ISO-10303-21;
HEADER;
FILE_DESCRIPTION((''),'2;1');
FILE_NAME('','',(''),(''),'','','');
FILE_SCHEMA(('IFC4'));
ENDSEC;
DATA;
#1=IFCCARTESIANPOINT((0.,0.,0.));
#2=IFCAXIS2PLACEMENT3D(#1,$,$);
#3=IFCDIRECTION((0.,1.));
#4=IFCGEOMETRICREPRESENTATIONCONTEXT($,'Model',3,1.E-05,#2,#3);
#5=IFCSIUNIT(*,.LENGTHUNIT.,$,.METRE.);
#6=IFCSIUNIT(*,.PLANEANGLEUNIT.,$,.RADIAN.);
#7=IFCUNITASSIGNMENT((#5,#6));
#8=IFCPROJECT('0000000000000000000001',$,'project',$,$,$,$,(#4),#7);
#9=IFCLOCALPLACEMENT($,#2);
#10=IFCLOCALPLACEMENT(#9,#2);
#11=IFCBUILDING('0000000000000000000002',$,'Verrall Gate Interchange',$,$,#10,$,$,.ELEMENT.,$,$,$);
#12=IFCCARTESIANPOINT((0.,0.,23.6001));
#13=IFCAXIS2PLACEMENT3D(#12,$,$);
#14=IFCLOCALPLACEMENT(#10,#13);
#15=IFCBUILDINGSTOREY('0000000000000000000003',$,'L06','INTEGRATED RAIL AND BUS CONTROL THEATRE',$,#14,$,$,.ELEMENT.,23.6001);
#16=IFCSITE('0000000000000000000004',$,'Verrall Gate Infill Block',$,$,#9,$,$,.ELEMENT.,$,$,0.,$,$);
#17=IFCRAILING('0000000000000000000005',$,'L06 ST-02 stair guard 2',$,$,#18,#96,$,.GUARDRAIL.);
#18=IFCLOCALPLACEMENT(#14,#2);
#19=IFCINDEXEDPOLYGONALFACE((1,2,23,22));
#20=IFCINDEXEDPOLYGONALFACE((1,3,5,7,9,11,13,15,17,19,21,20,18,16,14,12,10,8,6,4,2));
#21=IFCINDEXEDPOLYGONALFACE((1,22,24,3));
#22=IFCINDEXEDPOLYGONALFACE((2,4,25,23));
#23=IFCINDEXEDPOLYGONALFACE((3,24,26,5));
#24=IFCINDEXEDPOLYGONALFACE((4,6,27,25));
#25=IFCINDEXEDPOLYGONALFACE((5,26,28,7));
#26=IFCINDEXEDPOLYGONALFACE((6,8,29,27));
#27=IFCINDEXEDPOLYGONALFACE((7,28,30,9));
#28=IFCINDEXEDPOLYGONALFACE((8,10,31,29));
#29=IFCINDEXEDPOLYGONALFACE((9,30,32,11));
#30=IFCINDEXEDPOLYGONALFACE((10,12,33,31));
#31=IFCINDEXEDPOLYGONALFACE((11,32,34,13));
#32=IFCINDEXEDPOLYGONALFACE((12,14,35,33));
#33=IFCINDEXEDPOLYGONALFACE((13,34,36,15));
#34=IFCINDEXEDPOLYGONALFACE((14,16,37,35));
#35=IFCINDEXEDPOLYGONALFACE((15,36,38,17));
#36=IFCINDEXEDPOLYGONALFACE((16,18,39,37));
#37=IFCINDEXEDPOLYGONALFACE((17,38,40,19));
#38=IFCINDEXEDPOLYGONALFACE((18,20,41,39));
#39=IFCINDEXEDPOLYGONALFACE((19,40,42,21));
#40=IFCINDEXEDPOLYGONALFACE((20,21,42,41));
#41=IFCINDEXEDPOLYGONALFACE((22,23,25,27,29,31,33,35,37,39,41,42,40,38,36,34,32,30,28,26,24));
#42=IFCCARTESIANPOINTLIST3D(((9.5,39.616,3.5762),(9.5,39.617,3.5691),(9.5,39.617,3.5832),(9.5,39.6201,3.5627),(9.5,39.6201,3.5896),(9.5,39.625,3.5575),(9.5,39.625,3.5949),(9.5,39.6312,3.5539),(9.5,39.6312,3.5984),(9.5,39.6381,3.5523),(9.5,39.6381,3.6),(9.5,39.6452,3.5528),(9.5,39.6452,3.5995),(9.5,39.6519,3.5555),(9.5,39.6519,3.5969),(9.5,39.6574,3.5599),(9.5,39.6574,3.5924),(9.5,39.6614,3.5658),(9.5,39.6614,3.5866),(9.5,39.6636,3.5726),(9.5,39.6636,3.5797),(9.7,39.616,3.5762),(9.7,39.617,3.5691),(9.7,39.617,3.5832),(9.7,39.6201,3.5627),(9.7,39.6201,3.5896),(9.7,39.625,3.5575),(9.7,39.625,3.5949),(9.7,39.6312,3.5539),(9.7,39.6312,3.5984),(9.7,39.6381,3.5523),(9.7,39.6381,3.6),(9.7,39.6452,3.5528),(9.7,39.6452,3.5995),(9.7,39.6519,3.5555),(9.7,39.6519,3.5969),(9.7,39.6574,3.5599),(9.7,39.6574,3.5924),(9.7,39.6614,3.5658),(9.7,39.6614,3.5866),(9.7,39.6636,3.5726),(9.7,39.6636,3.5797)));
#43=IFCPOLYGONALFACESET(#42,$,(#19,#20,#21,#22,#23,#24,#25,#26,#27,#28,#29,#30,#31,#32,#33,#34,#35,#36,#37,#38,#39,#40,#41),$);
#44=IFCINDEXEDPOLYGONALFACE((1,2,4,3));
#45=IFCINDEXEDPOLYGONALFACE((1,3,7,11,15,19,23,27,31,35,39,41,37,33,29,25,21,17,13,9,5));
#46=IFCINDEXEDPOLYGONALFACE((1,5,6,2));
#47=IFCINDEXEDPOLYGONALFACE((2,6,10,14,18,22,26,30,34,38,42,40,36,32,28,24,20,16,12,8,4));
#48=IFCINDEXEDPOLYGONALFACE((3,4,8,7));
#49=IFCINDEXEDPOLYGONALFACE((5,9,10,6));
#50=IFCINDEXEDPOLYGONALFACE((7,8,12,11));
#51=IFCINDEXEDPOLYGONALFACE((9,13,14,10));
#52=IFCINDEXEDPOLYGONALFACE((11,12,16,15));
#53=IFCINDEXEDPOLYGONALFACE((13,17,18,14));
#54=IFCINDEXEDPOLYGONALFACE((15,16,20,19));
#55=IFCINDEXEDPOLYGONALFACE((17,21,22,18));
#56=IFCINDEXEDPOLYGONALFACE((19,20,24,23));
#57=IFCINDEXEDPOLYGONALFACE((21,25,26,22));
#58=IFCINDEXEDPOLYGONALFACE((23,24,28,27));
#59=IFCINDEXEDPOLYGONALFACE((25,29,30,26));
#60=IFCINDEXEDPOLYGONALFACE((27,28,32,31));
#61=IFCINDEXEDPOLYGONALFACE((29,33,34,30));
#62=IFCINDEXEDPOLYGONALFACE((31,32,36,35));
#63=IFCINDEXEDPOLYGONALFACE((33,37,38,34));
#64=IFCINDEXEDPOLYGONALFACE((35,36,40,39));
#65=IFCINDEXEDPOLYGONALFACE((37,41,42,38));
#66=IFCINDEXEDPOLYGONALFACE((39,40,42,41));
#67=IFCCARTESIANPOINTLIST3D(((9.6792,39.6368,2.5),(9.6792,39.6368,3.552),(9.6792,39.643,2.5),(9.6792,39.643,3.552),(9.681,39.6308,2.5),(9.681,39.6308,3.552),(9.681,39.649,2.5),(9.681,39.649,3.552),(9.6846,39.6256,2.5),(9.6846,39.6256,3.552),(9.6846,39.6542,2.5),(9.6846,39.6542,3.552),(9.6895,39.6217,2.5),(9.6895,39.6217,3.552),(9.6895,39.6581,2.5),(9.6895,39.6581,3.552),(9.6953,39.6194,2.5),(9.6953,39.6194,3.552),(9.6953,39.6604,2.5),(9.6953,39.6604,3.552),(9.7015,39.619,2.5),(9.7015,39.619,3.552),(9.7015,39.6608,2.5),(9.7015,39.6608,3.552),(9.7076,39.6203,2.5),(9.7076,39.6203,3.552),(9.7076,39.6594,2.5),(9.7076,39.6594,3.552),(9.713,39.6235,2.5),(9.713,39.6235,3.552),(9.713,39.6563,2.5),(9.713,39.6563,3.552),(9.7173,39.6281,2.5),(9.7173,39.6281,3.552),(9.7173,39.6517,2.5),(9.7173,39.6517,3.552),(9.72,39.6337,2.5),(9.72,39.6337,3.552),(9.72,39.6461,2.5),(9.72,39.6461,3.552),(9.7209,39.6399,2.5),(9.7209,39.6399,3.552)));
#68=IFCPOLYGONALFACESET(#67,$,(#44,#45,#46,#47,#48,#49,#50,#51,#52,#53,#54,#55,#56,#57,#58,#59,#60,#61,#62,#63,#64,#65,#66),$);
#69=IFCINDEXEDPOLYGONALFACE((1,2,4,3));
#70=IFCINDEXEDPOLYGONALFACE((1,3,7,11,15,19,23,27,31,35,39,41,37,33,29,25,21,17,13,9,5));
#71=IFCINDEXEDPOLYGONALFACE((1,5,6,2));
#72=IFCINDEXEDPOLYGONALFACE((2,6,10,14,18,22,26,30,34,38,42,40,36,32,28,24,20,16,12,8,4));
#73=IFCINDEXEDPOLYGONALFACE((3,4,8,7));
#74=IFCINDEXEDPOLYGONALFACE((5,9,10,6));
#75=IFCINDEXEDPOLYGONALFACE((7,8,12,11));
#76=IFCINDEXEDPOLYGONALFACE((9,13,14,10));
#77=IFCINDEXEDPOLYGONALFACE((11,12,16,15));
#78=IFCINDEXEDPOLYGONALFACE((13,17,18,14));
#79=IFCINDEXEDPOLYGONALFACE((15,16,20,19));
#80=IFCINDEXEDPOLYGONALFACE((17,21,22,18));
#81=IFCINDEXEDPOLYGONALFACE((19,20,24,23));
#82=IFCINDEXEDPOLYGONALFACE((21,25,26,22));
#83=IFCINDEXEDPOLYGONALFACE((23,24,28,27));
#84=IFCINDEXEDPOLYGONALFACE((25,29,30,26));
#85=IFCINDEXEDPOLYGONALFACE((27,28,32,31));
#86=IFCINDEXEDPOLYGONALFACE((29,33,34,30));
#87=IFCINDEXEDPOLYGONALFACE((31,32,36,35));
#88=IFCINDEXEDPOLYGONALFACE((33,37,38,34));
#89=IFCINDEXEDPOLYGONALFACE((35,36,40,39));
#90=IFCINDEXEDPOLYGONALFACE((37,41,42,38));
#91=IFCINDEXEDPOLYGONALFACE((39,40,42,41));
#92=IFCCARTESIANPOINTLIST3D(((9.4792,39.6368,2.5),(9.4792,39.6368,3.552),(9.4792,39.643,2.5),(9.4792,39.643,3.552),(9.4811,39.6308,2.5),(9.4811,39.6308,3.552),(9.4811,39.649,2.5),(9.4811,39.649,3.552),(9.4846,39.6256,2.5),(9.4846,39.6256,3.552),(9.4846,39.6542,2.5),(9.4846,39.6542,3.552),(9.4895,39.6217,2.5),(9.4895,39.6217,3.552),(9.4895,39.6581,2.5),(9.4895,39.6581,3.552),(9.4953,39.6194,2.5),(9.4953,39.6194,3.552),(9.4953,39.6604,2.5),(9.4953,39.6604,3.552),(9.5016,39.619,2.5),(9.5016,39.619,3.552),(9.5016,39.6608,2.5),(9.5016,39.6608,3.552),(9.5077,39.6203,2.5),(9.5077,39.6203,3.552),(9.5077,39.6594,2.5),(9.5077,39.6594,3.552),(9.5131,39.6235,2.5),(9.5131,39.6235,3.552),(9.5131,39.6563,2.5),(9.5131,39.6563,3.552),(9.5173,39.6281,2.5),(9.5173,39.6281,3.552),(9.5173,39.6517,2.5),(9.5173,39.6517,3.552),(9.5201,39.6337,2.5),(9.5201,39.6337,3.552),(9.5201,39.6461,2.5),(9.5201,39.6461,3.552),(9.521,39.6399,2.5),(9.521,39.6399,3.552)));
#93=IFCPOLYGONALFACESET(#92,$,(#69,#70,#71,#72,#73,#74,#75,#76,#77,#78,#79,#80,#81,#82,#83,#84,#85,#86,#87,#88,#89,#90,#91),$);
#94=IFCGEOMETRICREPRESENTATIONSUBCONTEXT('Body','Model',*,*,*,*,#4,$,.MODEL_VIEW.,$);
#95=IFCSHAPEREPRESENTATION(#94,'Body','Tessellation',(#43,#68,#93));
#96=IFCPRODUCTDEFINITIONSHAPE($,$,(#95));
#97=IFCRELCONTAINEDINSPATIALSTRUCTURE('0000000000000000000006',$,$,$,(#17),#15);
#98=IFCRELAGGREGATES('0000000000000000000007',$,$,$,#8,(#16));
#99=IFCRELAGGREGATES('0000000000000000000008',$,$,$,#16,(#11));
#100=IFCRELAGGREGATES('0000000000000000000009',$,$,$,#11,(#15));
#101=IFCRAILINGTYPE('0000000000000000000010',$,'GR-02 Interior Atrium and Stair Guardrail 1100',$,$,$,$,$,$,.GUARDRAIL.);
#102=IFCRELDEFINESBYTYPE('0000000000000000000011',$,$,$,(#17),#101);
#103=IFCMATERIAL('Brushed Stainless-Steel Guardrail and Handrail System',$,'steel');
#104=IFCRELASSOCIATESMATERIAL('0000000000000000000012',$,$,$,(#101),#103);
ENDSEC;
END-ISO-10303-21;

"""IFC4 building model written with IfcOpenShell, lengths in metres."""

from ifc_helpers import new_model, si_unit, direction, frame, origin, origin_2d, place, context, subcontext, project, spatial, circle, extrude, material, type_object, element, save


model = new_model("IFC4")

# Units and contexts
model_context = context("Model", 3, precision=1e-05, world=origin(), true_north=direction((0.0, 1.0)))
body_context = subcontext(model_context, "Body", "Model", "MODEL_VIEW")
ifc_project = project(units=[si_unit("LENGTHUNIT", "METRE"), si_unit("PLANEANGLEUNIT", "RADIAN")], contexts=[model_context])

# Site, building, storey
site_placement = place(None, origin())
site = spatial("IfcSite", under=ifc_project, at=site_placement, Name="Verrall Gate Infill Block", CompositionType="ELEMENT", RefElevation=0.0)
building_placement = place(site_placement, origin())
building = spatial("IfcBuilding", under=site, at=building_placement, Name="Verrall Gate Interchange", CompositionType="ELEMENT")
storey_placement = place(building_placement, frame((0.0, 0.0, 23.6001)))
storey = spatial("IfcBuildingStorey", under=building, at=storey_placement, Name="L06", Description="INTEGRATED RAIL AND BUS CONTROL THEATRE", CompositionType="ELEMENT", Elevation=23.6001)

# Railing
ifc_material_1 = material(Name="Brushed Stainless-Steel Guardrail and Handrail System", Category="steel")
railing_type_1 = type_object("IfcRailingType", Name="GR-02 Interior Atrium and Stair Guardrail 1100", PredefinedType="GUARDRAIL", material=ifc_material_1)
railing_1_placement = place(storey_placement, frame((9.7, 39.6399, 2.5)))
element("IfcRailing", 1, at=railing_1_placement, inside=storey, type_object=railing_type_1, Name="L06 ST-02 stair guard 2", PredefinedType="GUARDRAIL", context=body_context, shape_type="SweptSolid", body=[
    extrude(circle(Radius=0.0239, at=origin_2d()), frame((0.0, 0.0, 1.0762), z_axis=(-1.0, 0.0, 0.0), x_axis=(0.0, -1.0, 0.0)), (0.0, 0.0, 1.0), 0.2),
    extrude(circle(Radius=0.021, at=origin_2d()), origin(), (0.0, 0.0, 1.0), 1.052),
    extrude(circle(Radius=0.021, at=origin_2d()), frame((-0.2, 0.0, 0.0)), (0.0, 0.0, 1.0), 1.052),
])

save(model, "model.ifc")
